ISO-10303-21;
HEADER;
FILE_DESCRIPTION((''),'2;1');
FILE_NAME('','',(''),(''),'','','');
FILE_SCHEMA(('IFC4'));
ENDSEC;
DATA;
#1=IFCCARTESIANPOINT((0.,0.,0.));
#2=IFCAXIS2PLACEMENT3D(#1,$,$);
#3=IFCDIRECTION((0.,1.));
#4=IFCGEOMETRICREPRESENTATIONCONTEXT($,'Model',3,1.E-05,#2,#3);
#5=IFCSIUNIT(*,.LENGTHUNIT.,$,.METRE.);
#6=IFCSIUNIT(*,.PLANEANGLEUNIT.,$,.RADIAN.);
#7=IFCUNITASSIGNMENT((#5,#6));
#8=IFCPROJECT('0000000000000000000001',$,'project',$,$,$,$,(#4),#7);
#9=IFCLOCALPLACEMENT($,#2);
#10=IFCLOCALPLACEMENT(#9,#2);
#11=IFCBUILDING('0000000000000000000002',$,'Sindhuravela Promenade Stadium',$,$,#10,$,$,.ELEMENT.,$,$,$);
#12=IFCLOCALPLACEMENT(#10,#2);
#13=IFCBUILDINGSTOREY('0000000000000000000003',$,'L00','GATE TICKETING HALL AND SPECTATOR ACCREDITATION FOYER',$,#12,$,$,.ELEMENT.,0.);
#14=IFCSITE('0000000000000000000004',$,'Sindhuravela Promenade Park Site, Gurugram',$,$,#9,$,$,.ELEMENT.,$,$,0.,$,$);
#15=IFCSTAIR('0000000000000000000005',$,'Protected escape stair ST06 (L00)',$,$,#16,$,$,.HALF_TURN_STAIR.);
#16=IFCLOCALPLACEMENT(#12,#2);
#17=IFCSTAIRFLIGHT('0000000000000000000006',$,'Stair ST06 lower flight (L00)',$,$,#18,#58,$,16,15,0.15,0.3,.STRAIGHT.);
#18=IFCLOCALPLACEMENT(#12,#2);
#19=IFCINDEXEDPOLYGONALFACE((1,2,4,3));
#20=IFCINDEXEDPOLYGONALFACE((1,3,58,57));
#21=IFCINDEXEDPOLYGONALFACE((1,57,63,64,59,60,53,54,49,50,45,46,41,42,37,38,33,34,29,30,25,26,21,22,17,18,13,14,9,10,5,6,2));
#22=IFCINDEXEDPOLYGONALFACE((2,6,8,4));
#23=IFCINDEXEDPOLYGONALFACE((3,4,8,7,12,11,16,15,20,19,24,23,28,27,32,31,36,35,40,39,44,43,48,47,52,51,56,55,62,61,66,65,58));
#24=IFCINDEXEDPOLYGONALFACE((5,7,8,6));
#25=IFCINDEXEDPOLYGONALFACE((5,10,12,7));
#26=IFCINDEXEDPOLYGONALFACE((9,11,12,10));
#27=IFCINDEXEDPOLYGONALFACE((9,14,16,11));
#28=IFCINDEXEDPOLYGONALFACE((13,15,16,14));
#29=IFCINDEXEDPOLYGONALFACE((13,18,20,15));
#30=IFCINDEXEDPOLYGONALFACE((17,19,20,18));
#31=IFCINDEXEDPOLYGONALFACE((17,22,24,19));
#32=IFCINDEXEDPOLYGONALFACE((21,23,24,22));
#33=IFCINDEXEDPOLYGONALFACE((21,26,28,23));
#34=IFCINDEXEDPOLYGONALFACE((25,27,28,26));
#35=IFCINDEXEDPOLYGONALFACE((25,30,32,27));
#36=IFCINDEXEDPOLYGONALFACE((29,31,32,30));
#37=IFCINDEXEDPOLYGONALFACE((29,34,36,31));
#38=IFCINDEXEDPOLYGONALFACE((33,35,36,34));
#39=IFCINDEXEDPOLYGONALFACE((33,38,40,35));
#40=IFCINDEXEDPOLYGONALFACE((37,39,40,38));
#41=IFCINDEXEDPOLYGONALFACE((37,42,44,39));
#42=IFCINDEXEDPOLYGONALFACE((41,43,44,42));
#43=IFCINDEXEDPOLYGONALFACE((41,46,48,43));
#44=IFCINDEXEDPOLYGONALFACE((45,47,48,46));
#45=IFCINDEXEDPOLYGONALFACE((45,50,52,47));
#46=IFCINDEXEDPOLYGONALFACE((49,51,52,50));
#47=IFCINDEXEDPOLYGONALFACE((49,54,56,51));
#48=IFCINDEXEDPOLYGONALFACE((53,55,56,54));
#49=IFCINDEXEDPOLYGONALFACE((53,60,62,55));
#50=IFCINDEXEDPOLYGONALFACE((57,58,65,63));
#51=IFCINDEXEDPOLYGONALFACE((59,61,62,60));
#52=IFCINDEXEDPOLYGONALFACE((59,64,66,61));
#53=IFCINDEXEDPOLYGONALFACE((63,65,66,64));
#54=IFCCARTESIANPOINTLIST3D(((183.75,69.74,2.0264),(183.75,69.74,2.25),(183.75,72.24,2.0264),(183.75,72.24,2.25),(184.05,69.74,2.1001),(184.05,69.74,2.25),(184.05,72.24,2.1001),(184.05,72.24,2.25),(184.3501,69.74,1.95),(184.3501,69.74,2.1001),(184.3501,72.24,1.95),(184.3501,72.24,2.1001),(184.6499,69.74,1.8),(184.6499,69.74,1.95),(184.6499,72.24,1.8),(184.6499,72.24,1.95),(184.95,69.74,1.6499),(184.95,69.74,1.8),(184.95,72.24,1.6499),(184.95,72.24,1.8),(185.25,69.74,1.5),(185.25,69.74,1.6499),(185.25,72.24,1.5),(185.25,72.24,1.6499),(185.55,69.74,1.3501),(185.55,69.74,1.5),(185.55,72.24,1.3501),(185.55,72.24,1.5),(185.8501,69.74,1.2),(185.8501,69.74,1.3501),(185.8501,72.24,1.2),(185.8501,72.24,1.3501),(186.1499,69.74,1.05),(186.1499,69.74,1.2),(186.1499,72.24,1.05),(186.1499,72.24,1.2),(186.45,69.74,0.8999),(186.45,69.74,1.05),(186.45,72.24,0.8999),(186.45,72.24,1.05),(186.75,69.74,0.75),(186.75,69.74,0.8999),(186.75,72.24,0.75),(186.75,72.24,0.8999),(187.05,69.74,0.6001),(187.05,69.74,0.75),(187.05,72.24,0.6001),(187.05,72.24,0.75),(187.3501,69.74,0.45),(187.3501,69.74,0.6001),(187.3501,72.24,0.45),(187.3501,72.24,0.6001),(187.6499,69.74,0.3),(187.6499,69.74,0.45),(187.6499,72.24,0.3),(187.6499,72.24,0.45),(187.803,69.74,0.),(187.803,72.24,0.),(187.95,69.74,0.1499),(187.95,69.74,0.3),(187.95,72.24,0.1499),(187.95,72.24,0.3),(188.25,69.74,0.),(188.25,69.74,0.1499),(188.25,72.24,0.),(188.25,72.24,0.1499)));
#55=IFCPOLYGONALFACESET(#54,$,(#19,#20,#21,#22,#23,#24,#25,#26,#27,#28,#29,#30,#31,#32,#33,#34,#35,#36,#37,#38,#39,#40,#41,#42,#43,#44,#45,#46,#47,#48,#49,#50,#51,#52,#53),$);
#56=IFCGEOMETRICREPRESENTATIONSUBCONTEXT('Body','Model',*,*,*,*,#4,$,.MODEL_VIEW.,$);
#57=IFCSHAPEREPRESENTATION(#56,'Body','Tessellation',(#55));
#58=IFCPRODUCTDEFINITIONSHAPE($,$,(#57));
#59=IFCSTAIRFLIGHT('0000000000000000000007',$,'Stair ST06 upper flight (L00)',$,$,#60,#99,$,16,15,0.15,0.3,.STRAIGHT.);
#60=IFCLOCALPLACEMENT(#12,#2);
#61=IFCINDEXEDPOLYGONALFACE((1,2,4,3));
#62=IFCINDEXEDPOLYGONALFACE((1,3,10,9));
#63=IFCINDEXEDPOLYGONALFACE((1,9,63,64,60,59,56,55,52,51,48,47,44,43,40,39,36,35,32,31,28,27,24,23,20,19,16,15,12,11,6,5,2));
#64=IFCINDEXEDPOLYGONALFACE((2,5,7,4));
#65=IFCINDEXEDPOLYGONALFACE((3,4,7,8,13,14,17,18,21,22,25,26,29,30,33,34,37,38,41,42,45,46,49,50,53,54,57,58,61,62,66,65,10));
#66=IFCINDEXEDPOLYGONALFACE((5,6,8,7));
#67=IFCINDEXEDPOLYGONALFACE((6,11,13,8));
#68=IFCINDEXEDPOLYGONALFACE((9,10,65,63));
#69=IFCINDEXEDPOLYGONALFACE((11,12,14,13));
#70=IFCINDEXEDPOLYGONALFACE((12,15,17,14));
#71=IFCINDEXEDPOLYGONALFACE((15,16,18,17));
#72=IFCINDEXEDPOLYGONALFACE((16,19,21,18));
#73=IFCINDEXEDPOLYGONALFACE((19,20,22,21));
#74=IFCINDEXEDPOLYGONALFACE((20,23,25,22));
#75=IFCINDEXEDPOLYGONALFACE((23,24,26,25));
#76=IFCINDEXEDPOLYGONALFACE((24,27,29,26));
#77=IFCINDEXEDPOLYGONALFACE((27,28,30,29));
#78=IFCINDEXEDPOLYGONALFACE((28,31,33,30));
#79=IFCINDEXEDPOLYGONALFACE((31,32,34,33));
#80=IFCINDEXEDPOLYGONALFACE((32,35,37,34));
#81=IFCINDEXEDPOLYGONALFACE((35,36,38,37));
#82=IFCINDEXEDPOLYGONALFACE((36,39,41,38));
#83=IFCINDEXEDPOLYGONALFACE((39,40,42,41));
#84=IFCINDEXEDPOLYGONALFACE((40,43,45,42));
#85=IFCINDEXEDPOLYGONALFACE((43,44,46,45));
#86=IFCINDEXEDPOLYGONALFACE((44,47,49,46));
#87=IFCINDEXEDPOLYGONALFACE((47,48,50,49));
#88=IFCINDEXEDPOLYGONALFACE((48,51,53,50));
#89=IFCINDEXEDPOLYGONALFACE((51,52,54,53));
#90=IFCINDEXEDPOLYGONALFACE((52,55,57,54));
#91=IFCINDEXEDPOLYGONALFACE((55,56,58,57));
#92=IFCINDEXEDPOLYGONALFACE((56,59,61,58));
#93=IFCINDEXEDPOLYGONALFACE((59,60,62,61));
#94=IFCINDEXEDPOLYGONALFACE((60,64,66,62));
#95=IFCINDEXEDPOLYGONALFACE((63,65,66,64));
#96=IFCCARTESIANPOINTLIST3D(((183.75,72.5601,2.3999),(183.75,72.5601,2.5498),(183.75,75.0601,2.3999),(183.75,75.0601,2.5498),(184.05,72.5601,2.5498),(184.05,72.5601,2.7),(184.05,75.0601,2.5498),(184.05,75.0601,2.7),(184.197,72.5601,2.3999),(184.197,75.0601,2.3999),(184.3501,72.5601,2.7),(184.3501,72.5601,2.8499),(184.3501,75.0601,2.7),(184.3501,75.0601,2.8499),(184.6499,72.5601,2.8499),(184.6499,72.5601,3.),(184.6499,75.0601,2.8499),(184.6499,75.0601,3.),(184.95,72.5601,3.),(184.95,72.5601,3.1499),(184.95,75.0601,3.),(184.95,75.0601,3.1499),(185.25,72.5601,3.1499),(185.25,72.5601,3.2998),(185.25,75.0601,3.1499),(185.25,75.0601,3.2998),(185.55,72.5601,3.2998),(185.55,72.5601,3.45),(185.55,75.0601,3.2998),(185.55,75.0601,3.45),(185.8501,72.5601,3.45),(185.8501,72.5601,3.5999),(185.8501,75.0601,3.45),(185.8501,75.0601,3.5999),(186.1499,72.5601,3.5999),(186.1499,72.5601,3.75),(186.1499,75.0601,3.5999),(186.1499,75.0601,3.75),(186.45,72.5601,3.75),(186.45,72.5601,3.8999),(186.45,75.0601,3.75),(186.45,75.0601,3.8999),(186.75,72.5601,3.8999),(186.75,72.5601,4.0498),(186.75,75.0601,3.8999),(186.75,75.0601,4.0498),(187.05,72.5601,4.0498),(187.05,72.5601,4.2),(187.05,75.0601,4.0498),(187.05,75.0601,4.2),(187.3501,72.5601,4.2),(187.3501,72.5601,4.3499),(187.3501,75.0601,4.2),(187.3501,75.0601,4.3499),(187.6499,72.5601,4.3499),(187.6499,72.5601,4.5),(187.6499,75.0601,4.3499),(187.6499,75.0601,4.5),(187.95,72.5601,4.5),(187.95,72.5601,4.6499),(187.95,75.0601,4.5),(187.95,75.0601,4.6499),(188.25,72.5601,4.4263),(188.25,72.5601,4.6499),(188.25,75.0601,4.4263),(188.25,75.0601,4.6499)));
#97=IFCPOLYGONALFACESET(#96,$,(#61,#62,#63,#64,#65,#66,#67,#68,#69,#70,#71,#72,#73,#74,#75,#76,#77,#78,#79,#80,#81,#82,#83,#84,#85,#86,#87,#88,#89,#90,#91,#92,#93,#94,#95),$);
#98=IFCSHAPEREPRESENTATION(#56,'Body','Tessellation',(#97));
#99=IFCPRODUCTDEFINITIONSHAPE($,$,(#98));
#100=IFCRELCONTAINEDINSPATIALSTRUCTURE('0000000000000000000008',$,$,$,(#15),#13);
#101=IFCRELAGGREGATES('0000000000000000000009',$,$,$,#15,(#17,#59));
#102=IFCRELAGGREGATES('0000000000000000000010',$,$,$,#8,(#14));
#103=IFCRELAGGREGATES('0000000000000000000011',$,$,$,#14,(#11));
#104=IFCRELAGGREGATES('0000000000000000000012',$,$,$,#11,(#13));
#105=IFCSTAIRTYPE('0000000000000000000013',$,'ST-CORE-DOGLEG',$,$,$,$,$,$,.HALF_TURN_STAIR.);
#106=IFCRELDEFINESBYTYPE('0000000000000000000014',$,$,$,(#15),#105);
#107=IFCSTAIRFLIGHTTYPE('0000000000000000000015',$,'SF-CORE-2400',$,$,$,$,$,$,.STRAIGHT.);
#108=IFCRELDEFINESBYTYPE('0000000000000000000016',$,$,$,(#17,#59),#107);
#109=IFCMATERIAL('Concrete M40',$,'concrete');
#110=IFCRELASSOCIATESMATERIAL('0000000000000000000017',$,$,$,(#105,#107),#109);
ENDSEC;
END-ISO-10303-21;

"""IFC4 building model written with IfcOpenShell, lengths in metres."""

from ifc_helpers import new_model, si_unit, direction, frame, origin, place, context, subcontext, project, spatial, polyline, outline, extrude, material, type_object, element, aggregate, save


model = new_model("IFC4")

# Units and contexts
model_context = context("Model", 3, precision=1e-05, world=origin(), true_north=direction((0.0, 1.0)))
body_context = subcontext(model_context, "Body", "Model", "MODEL_VIEW")
ifc_project = project(units=[si_unit("LENGTHUNIT", "METRE"), si_unit("PLANEANGLEUNIT", "RADIAN")], contexts=[model_context])

# Site, building, storey
site_placement = place(None, origin())
site = spatial("IfcSite", under=ifc_project, at=site_placement, Name="Sindhuravela Promenade Park Site, Gurugram", CompositionType="ELEMENT", RefElevation=0.0)
building_placement = place(site_placement, origin())
building = spatial("IfcBuilding", under=site, at=building_placement, Name="Sindhuravela Promenade Stadium", CompositionType="ELEMENT")
storey_placement = place(building_placement, origin())
storey = spatial("IfcBuildingStorey", under=building, at=storey_placement, Name="L00", Description="GATE TICKETING HALL AND SPECTATOR ACCREDITATION FOYER", CompositionType="ELEMENT", Elevation=0.0)

# Shared definitions
ifc_material_1 = material(Name="Concrete M40", Category="concrete")

# Stair, stair flights
stair_type = type_object("IfcStairType", Name="ST-CORE-DOGLEG", PredefinedType="HALF_TURN_STAIR", material=ifc_material_1)
stair_placement = place(storey_placement, origin())
stair = element("IfcStair", 1, at=stair_placement, inside=storey, type_object=stair_type, Name="Protected escape stair ST06 (L00)", PredefinedType="HALF_TURN_STAIR")
stair_flight_type = type_object("IfcStairFlightType", Name="SF-CORE-2400", PredefinedType="STRAIGHT", material=ifc_material_1)
stair_flight_1_placement = place(storey_placement, frame((188.25, 70.99, 0.0), z_axis=(0.0, 0.0, 1.0), x_axis=(-1.0, 0.0, 0.0)))
stair_flight_1 = element("IfcStairFlight", 2, at=stair_flight_1_placement, type_object=stair_flight_type, Name="Stair ST06 lower flight (L00)", NumberOfRisers=16, NumberOfTreads=15, PredefinedType="STRAIGHT", RiserHeight=0.15, TreadLength=0.3, context=body_context, shape_type="SweptSolid", body=[
    extrude(outline(polyline([(0.0, 0.0), (0.0, 0.1499), (0.3, 0.1499), (0.3, 0.3), (0.6001, 0.3), (0.6001, 0.45), (0.8999, 0.45), (0.8999, 0.6001), (1.2, 0.6001), (1.2, 0.75), (1.5, 0.75), (1.5, 0.8999), (1.8, 0.8999), (1.8, 1.05), (2.1001, 1.05), (2.1001, 1.2), (2.3999, 1.2), (2.3999, 1.3501), (2.7, 1.3501), (2.7, 1.5), (3.0, 1.5), (3.0, 1.6499), (3.3, 1.6499), (3.3, 1.8), (3.6001, 1.8), (3.6001, 1.95), (3.8999, 1.95), (3.8999, 2.1001), (4.2, 2.1001), (4.2, 2.25), (4.5, 2.25), (4.5, 2.3999), (4.5, 2.0264), (0.447, 0.0), (0.0, 0.0)])), frame((0.0, 1.25, 0.0), z_axis=(0.0, -1.0, 0.0), x_axis=(1.0, 0.0, 0.0)), (0.0, 0.0, 1.0), 2.5),
])
stair_flight_2_placement = place(storey_placement, frame((183.75, 73.8101, 2.3999), z_axis=(0.0, 0.0, 1.0), x_axis=(1.0, 0.0, 0.0)))
stair_flight_2 = element("IfcStairFlight", 3, at=stair_flight_2_placement, type_object=stair_flight_type, Name="Stair ST06 upper flight (L00)", NumberOfRisers=16, NumberOfTreads=15, PredefinedType="STRAIGHT", RiserHeight=0.15, TreadLength=0.3, context=body_context, shape_type="SweptSolid", body=[
    extrude(outline(polyline([(0.0, 0.0), (0.0, 0.1499), (0.3, 0.1499), (0.3, 0.3), (0.6001, 0.3), (0.6001, 0.45), (0.8999, 0.45), (0.8999, 0.6001), (1.2, 0.6001), (1.2, 0.75), (1.5, 0.75), (1.5, 0.8999), (1.8, 0.8999), (1.8, 1.05), (2.1001, 1.05), (2.1001, 1.2), (2.3999, 1.2), (2.3999, 1.3501), (2.7, 1.3501), (2.7, 1.5), (3.0, 1.5), (3.0, 1.6499), (3.3, 1.6499), (3.3, 1.8), (3.6001, 1.8), (3.6001, 1.95), (3.8999, 1.95), (3.8999, 2.1001), (4.2, 2.1001), (4.2, 2.25), (4.5, 2.25), (4.5, 2.3999), (4.5, 2.0264), (0.447, 0.0), (0.0, 0.0)])), frame((0.0, 1.25, 0.0), z_axis=(0.0, -1.0, 0.0), x_axis=(1.0, 0.0, 0.0)), (0.0, 0.0, 1.0), 2.5),
])
aggregate(stair, [stair_flight_1, stair_flight_2])

save(model, "model.ifc")
